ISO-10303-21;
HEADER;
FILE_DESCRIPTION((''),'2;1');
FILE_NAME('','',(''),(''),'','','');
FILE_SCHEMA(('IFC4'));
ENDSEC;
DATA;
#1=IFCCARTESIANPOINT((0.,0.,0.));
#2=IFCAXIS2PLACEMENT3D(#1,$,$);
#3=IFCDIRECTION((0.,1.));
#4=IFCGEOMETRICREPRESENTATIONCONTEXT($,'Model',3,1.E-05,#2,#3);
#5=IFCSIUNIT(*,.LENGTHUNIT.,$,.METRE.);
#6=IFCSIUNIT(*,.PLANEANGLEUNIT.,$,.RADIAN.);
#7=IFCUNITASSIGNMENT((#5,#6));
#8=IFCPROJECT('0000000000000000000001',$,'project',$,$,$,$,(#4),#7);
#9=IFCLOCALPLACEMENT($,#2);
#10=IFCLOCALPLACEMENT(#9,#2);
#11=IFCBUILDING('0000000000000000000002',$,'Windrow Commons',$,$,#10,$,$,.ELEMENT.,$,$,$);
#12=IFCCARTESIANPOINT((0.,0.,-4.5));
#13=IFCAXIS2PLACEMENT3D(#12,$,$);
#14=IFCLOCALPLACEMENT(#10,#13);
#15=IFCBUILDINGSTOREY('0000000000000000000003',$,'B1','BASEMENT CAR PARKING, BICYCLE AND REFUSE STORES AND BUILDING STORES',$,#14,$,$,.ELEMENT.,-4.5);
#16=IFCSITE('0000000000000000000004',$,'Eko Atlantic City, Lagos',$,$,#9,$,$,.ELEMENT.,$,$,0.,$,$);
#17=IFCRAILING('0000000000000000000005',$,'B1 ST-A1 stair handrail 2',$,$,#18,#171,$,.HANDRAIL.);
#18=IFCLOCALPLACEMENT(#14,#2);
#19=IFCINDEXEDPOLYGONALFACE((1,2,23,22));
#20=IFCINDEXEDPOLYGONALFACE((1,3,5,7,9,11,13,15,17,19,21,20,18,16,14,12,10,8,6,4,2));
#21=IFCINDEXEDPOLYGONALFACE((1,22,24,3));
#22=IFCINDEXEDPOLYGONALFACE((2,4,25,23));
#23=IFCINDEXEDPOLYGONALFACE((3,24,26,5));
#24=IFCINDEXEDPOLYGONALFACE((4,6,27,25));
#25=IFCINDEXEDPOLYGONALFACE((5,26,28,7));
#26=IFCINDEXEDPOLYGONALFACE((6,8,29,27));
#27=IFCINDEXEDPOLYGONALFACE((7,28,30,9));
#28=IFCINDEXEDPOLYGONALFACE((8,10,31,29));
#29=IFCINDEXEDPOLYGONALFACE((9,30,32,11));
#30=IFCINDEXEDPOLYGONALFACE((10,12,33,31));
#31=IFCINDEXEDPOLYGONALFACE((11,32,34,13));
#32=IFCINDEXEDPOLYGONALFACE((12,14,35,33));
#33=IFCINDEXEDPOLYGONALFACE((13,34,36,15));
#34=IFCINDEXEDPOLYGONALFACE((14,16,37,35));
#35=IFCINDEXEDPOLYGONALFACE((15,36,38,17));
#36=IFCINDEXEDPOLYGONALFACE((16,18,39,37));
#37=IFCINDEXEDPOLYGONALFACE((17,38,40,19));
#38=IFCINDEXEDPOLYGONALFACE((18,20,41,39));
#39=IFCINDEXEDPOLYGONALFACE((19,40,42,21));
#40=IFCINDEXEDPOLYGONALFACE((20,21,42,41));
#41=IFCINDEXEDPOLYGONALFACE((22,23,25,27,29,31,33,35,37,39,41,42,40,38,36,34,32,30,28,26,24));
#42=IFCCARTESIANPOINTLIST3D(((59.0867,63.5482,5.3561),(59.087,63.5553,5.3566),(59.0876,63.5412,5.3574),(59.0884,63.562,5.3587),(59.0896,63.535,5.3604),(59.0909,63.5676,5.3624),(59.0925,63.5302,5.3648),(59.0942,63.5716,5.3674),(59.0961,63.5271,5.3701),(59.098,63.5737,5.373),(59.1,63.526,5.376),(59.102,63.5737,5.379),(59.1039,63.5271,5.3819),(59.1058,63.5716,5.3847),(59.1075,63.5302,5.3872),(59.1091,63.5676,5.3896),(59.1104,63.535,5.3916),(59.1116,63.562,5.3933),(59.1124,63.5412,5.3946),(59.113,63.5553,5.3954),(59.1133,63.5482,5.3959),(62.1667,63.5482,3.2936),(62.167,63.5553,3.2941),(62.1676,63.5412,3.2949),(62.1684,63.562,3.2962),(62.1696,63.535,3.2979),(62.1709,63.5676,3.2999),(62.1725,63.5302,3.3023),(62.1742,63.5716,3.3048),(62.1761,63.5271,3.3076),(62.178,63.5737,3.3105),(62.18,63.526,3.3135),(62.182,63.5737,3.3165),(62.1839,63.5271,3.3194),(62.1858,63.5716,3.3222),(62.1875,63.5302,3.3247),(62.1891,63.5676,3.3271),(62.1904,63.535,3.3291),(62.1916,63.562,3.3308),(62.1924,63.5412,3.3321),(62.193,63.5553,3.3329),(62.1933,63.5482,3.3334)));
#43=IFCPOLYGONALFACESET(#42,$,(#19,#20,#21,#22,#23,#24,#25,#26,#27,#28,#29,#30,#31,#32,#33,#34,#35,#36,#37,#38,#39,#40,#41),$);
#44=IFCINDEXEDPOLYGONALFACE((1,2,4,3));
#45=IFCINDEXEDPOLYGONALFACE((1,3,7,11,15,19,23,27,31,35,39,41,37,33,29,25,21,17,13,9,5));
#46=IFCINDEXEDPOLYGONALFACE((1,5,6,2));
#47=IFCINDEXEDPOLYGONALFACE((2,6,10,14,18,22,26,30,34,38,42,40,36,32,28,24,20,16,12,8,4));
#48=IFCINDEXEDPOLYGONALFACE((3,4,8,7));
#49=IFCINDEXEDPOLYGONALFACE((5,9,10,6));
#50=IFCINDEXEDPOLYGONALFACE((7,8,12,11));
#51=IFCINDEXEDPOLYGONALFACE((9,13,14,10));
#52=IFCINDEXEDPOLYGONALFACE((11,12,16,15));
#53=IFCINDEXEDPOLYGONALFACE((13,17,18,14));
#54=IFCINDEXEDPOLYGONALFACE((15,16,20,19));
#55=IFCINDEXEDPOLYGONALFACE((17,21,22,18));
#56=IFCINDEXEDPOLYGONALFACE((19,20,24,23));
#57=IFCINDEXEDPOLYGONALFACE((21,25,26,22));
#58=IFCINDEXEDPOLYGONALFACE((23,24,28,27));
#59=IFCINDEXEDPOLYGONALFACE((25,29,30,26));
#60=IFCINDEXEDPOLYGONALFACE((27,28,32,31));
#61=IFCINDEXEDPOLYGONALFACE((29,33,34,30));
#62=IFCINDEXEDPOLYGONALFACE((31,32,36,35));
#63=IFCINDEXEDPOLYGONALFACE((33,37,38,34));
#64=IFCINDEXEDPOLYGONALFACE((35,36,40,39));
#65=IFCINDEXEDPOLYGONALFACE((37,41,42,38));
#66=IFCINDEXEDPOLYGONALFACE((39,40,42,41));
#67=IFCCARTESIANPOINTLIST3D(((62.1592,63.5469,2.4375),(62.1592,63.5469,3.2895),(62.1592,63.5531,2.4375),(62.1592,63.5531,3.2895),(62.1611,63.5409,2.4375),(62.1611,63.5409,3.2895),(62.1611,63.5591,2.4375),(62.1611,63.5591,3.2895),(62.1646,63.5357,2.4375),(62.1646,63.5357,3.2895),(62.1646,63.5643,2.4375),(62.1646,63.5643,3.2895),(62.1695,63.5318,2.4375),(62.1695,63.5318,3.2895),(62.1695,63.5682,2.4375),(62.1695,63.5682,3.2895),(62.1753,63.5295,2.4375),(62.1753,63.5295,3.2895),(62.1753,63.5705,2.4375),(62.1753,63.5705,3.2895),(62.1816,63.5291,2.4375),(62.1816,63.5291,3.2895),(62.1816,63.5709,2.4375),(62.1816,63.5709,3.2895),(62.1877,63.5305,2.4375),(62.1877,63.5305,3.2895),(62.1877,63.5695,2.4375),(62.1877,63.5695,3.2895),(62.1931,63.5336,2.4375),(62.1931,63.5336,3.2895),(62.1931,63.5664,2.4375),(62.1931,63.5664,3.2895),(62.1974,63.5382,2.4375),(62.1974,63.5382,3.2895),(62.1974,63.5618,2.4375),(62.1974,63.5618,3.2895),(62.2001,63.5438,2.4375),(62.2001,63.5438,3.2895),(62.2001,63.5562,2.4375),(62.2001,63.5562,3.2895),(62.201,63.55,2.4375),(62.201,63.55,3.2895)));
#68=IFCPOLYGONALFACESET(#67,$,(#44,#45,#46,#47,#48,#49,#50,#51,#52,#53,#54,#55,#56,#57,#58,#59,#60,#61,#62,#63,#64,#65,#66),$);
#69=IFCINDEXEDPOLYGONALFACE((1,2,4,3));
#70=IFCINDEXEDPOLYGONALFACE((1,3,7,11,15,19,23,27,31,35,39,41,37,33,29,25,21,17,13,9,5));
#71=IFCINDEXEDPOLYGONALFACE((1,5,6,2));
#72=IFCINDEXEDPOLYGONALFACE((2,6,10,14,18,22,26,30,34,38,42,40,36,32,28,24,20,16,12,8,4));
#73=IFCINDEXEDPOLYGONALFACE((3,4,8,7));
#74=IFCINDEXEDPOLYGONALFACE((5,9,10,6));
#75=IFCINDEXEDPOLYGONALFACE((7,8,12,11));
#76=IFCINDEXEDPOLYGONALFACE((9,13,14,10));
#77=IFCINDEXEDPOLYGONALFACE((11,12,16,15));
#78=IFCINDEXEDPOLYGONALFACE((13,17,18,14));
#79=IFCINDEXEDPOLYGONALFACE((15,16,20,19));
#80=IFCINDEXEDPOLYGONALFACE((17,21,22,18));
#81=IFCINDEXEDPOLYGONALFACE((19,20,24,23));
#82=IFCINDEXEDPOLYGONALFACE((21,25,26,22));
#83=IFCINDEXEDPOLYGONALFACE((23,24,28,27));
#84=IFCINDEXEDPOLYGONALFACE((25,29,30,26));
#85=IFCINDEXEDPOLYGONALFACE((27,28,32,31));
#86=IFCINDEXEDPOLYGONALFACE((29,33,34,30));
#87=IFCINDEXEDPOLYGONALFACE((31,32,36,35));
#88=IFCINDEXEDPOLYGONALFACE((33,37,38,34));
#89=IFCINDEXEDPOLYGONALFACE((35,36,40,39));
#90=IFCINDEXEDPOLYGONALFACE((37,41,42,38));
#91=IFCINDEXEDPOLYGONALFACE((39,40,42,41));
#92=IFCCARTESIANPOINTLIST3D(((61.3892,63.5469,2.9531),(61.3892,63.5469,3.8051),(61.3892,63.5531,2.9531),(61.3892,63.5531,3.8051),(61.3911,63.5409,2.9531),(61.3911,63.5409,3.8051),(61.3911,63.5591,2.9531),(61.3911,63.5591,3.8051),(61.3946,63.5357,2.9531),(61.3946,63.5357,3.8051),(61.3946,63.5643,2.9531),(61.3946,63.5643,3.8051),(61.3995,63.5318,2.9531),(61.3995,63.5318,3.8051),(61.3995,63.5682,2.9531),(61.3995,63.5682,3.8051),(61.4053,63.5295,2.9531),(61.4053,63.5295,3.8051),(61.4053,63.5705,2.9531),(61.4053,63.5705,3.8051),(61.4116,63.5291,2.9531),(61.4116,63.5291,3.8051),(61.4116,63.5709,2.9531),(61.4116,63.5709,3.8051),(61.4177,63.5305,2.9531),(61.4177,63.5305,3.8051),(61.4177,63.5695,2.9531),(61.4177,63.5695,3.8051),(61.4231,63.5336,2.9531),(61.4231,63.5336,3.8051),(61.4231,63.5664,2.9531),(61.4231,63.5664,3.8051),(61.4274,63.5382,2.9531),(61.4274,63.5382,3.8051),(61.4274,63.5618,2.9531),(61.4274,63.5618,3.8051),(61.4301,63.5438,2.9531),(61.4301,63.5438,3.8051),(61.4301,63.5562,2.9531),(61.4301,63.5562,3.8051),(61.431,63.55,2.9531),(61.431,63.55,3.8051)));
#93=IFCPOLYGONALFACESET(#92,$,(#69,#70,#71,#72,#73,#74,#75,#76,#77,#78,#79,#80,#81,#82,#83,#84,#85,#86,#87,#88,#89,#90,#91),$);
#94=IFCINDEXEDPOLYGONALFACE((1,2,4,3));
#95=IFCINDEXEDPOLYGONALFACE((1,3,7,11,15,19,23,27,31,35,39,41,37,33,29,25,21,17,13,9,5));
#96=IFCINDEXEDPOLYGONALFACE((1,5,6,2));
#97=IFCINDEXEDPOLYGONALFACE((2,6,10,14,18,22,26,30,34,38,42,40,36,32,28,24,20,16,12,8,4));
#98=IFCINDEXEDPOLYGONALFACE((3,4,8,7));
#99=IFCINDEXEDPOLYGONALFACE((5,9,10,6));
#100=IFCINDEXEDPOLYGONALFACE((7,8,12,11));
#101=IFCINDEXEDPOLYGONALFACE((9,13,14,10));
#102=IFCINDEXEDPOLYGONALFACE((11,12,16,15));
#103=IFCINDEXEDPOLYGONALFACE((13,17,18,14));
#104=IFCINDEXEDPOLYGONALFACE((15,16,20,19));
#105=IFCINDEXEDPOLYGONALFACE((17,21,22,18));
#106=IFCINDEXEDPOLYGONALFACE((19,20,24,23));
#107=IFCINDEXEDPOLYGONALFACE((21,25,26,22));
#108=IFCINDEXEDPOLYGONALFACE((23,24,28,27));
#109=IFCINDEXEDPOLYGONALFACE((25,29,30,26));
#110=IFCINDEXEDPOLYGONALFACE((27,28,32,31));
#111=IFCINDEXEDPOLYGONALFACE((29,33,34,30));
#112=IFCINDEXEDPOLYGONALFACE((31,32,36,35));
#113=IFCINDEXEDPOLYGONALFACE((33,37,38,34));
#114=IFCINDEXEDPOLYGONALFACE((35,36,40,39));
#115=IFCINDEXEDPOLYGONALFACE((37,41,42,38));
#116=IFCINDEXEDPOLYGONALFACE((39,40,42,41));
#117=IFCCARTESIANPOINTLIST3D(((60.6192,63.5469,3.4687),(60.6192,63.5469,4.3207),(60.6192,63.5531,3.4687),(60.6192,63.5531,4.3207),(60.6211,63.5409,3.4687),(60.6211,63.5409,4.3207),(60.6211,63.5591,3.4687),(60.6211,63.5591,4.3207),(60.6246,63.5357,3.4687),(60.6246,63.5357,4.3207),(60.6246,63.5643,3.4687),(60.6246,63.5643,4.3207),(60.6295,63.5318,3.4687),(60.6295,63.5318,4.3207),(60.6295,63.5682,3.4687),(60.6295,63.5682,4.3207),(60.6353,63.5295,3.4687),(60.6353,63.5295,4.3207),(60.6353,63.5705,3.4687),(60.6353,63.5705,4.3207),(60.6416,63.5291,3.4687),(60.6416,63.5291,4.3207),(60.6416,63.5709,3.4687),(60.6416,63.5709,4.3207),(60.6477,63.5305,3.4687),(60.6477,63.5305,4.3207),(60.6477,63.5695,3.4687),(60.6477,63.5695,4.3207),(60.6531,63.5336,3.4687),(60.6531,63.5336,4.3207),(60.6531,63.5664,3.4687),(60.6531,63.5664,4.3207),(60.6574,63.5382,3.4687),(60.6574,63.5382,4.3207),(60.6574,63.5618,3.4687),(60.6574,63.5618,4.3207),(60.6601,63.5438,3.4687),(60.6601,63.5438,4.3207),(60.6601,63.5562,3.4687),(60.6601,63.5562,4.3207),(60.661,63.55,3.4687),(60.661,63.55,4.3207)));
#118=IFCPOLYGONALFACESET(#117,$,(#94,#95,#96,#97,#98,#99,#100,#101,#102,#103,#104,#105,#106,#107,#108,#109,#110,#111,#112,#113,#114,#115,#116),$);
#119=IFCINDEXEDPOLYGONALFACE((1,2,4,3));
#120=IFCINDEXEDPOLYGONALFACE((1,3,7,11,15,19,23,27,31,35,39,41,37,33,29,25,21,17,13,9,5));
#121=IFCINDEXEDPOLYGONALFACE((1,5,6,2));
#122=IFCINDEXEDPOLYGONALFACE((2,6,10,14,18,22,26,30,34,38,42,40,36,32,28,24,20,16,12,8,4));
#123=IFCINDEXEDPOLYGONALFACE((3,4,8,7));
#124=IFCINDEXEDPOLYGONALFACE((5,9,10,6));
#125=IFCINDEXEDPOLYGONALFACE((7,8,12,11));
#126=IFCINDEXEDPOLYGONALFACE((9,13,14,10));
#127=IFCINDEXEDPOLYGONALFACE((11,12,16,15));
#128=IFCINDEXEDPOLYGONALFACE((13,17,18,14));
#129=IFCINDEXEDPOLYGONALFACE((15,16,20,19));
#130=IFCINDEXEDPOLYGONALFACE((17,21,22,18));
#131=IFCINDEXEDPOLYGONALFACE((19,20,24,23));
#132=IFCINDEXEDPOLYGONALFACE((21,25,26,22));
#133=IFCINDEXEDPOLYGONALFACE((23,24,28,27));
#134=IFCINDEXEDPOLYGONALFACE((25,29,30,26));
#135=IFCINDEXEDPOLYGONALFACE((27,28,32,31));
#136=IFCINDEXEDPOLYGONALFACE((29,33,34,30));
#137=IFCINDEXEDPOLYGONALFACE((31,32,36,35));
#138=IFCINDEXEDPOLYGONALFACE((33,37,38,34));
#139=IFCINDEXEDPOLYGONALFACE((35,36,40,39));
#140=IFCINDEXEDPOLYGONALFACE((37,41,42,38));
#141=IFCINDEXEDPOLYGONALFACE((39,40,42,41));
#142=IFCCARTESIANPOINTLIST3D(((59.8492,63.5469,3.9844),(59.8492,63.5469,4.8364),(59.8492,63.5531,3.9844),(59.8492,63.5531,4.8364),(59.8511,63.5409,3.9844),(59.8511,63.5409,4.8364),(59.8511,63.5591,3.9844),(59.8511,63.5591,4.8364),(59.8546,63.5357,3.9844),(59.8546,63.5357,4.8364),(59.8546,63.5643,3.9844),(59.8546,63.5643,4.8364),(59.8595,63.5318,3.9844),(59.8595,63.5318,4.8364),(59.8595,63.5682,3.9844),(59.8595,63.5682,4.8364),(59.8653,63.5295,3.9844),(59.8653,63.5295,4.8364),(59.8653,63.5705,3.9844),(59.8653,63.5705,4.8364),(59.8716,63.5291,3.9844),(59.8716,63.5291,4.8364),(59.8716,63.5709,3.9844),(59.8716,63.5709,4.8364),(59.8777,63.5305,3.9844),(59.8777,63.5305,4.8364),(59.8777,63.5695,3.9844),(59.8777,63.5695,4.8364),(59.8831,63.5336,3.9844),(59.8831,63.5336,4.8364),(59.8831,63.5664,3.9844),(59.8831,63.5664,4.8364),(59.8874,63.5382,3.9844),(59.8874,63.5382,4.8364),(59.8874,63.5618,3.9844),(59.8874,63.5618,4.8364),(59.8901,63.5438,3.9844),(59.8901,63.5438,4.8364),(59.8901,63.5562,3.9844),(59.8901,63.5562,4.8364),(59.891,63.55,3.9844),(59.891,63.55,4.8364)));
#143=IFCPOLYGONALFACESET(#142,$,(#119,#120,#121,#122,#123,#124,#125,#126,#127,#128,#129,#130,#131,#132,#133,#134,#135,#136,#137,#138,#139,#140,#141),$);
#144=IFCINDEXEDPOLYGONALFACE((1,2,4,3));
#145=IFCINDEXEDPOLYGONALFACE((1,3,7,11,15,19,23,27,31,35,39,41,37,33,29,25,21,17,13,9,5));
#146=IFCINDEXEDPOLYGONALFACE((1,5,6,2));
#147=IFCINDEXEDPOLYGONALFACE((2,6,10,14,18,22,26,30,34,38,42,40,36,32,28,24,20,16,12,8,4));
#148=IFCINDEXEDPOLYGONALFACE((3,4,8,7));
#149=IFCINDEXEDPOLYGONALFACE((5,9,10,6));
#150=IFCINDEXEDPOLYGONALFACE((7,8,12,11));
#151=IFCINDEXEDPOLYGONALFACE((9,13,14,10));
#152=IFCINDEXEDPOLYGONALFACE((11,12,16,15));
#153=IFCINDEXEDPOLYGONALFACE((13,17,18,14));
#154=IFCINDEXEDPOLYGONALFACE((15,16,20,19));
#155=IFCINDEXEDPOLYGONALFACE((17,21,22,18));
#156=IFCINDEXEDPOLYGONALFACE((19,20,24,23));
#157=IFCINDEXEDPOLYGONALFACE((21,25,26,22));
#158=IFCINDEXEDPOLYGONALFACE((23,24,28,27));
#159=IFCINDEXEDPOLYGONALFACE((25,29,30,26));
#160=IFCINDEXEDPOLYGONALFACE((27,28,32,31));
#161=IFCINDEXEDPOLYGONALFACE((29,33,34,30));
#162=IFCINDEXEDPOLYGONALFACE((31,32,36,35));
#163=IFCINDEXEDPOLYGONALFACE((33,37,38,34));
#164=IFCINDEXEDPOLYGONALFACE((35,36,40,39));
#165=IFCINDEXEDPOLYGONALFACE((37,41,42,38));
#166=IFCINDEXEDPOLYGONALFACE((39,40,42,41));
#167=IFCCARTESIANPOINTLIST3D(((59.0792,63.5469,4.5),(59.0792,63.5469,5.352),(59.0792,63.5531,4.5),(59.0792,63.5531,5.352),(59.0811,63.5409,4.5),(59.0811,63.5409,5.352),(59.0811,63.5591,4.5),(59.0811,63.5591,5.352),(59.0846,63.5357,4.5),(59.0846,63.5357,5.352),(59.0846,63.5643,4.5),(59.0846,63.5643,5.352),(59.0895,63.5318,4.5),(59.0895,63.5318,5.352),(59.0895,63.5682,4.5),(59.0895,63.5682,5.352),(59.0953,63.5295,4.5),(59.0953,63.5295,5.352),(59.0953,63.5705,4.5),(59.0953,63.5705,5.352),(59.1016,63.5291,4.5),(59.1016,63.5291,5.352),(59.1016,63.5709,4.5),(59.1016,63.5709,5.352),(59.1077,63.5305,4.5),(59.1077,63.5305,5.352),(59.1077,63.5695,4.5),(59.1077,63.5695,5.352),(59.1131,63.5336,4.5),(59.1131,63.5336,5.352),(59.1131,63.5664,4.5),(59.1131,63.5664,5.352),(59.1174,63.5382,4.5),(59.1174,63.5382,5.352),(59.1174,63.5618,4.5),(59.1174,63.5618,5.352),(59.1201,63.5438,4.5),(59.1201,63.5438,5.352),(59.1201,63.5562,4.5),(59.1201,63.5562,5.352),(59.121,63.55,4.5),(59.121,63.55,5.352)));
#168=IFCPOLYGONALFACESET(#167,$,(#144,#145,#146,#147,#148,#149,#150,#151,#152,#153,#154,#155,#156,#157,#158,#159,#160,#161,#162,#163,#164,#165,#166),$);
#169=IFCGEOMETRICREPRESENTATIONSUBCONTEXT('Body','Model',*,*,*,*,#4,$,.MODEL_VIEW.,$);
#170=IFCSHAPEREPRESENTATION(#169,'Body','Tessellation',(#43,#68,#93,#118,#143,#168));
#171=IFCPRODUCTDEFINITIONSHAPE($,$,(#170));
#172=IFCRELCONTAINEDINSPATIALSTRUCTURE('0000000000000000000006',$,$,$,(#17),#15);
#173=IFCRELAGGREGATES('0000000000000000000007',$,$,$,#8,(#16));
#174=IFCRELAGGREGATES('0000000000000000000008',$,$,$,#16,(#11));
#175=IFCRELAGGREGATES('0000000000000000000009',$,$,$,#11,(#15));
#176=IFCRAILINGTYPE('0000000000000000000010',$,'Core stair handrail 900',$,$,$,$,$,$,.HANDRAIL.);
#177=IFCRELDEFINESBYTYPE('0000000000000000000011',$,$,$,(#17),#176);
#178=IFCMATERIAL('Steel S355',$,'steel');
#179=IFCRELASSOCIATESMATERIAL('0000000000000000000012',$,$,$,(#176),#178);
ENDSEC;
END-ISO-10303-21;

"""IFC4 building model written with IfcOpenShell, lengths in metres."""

from ifc_helpers import new_model, si_unit, direction, frame, origin, origin_2d, place, context, subcontext, project, spatial, circle, extrude, material, type_object, element, save


model = new_model("IFC4")

# Units and contexts
model_context = context("Model", 3, precision=1e-05, world=origin(), true_north=direction((0.0, 1.0)))
body_context = subcontext(model_context, "Body", "Model", "MODEL_VIEW")
ifc_project = project(units=[si_unit("LENGTHUNIT", "METRE"), si_unit("PLANEANGLEUNIT", "RADIAN")], contexts=[model_context])

# Site, building, storey
site_placement = place(None, origin())
site = spatial("IfcSite", under=ifc_project, at=site_placement, Name="Eko Atlantic City, Lagos", CompositionType="ELEMENT", RefElevation=0.0)
building_placement = place(site_placement, origin())
building = spatial("IfcBuilding", under=site, at=building_placement, Name="Windrow Commons", CompositionType="ELEMENT")
storey_placement = place(building_placement, frame((0.0, 0.0, -4.5)))
storey = spatial("IfcBuildingStorey", under=building, at=storey_placement, Name="B1", Description="BASEMENT CAR PARKING, BICYCLE AND REFUSE STORES AND BUILDING STORES", CompositionType="ELEMENT", Elevation=-4.5)

# Railing
ifc_material_1 = material(Name="Steel S355", Category="steel")
railing_type_1 = type_object("IfcRailingType", Name="Core stair handrail 900", PredefinedType="HANDRAIL", material=ifc_material_1)
for number, where, name in (
    (1, (62.18, 63.55, 2.4375), "B1 ST-A1 stair handrail 2"),
):
    element("IfcRailing", number, at=place(storey_placement, frame(where)), inside=storey, type_object=railing_type_1, Name=name, PredefinedType="HANDRAIL", context=body_context, shape_type="SweptSolid", body=[
        extrude(circle(Radius=0.024, at=origin_2d()), frame((0.0, 0.0, 0.876), z_axis=(-0.830907, 0.0, 0.556411), x_axis=(0.0, -1.0, 0.0)), (0.0, 0.0, 1.0), 3.7068),
        extrude(circle(Radius=0.021, at=origin_2d()), origin(), (0.0, 0.0, 1.0), 0.852),
        extrude(circle(Radius=0.021, at=origin_2d()), frame((-0.77, 0.0, 0.5156)), (0.0, 0.0, 1.0), 0.852),
        extrude(circle(Radius=0.021, at=origin_2d()), frame((-1.54, 0.0, 1.0312)), (0.0, 0.0, 1.0), 0.852),
        extrude(circle(Radius=0.021, at=origin_2d()), frame((-2.31, 0.0, 1.5469)), (0.0, 0.0, 1.0), 0.852),
        extrude(circle(Radius=0.021, at=origin_2d()), frame((-3.08, 0.0, 2.0625)), (0.0, 0.0, 1.0), 0.852),
    ])

save(model, "model.ifc")
